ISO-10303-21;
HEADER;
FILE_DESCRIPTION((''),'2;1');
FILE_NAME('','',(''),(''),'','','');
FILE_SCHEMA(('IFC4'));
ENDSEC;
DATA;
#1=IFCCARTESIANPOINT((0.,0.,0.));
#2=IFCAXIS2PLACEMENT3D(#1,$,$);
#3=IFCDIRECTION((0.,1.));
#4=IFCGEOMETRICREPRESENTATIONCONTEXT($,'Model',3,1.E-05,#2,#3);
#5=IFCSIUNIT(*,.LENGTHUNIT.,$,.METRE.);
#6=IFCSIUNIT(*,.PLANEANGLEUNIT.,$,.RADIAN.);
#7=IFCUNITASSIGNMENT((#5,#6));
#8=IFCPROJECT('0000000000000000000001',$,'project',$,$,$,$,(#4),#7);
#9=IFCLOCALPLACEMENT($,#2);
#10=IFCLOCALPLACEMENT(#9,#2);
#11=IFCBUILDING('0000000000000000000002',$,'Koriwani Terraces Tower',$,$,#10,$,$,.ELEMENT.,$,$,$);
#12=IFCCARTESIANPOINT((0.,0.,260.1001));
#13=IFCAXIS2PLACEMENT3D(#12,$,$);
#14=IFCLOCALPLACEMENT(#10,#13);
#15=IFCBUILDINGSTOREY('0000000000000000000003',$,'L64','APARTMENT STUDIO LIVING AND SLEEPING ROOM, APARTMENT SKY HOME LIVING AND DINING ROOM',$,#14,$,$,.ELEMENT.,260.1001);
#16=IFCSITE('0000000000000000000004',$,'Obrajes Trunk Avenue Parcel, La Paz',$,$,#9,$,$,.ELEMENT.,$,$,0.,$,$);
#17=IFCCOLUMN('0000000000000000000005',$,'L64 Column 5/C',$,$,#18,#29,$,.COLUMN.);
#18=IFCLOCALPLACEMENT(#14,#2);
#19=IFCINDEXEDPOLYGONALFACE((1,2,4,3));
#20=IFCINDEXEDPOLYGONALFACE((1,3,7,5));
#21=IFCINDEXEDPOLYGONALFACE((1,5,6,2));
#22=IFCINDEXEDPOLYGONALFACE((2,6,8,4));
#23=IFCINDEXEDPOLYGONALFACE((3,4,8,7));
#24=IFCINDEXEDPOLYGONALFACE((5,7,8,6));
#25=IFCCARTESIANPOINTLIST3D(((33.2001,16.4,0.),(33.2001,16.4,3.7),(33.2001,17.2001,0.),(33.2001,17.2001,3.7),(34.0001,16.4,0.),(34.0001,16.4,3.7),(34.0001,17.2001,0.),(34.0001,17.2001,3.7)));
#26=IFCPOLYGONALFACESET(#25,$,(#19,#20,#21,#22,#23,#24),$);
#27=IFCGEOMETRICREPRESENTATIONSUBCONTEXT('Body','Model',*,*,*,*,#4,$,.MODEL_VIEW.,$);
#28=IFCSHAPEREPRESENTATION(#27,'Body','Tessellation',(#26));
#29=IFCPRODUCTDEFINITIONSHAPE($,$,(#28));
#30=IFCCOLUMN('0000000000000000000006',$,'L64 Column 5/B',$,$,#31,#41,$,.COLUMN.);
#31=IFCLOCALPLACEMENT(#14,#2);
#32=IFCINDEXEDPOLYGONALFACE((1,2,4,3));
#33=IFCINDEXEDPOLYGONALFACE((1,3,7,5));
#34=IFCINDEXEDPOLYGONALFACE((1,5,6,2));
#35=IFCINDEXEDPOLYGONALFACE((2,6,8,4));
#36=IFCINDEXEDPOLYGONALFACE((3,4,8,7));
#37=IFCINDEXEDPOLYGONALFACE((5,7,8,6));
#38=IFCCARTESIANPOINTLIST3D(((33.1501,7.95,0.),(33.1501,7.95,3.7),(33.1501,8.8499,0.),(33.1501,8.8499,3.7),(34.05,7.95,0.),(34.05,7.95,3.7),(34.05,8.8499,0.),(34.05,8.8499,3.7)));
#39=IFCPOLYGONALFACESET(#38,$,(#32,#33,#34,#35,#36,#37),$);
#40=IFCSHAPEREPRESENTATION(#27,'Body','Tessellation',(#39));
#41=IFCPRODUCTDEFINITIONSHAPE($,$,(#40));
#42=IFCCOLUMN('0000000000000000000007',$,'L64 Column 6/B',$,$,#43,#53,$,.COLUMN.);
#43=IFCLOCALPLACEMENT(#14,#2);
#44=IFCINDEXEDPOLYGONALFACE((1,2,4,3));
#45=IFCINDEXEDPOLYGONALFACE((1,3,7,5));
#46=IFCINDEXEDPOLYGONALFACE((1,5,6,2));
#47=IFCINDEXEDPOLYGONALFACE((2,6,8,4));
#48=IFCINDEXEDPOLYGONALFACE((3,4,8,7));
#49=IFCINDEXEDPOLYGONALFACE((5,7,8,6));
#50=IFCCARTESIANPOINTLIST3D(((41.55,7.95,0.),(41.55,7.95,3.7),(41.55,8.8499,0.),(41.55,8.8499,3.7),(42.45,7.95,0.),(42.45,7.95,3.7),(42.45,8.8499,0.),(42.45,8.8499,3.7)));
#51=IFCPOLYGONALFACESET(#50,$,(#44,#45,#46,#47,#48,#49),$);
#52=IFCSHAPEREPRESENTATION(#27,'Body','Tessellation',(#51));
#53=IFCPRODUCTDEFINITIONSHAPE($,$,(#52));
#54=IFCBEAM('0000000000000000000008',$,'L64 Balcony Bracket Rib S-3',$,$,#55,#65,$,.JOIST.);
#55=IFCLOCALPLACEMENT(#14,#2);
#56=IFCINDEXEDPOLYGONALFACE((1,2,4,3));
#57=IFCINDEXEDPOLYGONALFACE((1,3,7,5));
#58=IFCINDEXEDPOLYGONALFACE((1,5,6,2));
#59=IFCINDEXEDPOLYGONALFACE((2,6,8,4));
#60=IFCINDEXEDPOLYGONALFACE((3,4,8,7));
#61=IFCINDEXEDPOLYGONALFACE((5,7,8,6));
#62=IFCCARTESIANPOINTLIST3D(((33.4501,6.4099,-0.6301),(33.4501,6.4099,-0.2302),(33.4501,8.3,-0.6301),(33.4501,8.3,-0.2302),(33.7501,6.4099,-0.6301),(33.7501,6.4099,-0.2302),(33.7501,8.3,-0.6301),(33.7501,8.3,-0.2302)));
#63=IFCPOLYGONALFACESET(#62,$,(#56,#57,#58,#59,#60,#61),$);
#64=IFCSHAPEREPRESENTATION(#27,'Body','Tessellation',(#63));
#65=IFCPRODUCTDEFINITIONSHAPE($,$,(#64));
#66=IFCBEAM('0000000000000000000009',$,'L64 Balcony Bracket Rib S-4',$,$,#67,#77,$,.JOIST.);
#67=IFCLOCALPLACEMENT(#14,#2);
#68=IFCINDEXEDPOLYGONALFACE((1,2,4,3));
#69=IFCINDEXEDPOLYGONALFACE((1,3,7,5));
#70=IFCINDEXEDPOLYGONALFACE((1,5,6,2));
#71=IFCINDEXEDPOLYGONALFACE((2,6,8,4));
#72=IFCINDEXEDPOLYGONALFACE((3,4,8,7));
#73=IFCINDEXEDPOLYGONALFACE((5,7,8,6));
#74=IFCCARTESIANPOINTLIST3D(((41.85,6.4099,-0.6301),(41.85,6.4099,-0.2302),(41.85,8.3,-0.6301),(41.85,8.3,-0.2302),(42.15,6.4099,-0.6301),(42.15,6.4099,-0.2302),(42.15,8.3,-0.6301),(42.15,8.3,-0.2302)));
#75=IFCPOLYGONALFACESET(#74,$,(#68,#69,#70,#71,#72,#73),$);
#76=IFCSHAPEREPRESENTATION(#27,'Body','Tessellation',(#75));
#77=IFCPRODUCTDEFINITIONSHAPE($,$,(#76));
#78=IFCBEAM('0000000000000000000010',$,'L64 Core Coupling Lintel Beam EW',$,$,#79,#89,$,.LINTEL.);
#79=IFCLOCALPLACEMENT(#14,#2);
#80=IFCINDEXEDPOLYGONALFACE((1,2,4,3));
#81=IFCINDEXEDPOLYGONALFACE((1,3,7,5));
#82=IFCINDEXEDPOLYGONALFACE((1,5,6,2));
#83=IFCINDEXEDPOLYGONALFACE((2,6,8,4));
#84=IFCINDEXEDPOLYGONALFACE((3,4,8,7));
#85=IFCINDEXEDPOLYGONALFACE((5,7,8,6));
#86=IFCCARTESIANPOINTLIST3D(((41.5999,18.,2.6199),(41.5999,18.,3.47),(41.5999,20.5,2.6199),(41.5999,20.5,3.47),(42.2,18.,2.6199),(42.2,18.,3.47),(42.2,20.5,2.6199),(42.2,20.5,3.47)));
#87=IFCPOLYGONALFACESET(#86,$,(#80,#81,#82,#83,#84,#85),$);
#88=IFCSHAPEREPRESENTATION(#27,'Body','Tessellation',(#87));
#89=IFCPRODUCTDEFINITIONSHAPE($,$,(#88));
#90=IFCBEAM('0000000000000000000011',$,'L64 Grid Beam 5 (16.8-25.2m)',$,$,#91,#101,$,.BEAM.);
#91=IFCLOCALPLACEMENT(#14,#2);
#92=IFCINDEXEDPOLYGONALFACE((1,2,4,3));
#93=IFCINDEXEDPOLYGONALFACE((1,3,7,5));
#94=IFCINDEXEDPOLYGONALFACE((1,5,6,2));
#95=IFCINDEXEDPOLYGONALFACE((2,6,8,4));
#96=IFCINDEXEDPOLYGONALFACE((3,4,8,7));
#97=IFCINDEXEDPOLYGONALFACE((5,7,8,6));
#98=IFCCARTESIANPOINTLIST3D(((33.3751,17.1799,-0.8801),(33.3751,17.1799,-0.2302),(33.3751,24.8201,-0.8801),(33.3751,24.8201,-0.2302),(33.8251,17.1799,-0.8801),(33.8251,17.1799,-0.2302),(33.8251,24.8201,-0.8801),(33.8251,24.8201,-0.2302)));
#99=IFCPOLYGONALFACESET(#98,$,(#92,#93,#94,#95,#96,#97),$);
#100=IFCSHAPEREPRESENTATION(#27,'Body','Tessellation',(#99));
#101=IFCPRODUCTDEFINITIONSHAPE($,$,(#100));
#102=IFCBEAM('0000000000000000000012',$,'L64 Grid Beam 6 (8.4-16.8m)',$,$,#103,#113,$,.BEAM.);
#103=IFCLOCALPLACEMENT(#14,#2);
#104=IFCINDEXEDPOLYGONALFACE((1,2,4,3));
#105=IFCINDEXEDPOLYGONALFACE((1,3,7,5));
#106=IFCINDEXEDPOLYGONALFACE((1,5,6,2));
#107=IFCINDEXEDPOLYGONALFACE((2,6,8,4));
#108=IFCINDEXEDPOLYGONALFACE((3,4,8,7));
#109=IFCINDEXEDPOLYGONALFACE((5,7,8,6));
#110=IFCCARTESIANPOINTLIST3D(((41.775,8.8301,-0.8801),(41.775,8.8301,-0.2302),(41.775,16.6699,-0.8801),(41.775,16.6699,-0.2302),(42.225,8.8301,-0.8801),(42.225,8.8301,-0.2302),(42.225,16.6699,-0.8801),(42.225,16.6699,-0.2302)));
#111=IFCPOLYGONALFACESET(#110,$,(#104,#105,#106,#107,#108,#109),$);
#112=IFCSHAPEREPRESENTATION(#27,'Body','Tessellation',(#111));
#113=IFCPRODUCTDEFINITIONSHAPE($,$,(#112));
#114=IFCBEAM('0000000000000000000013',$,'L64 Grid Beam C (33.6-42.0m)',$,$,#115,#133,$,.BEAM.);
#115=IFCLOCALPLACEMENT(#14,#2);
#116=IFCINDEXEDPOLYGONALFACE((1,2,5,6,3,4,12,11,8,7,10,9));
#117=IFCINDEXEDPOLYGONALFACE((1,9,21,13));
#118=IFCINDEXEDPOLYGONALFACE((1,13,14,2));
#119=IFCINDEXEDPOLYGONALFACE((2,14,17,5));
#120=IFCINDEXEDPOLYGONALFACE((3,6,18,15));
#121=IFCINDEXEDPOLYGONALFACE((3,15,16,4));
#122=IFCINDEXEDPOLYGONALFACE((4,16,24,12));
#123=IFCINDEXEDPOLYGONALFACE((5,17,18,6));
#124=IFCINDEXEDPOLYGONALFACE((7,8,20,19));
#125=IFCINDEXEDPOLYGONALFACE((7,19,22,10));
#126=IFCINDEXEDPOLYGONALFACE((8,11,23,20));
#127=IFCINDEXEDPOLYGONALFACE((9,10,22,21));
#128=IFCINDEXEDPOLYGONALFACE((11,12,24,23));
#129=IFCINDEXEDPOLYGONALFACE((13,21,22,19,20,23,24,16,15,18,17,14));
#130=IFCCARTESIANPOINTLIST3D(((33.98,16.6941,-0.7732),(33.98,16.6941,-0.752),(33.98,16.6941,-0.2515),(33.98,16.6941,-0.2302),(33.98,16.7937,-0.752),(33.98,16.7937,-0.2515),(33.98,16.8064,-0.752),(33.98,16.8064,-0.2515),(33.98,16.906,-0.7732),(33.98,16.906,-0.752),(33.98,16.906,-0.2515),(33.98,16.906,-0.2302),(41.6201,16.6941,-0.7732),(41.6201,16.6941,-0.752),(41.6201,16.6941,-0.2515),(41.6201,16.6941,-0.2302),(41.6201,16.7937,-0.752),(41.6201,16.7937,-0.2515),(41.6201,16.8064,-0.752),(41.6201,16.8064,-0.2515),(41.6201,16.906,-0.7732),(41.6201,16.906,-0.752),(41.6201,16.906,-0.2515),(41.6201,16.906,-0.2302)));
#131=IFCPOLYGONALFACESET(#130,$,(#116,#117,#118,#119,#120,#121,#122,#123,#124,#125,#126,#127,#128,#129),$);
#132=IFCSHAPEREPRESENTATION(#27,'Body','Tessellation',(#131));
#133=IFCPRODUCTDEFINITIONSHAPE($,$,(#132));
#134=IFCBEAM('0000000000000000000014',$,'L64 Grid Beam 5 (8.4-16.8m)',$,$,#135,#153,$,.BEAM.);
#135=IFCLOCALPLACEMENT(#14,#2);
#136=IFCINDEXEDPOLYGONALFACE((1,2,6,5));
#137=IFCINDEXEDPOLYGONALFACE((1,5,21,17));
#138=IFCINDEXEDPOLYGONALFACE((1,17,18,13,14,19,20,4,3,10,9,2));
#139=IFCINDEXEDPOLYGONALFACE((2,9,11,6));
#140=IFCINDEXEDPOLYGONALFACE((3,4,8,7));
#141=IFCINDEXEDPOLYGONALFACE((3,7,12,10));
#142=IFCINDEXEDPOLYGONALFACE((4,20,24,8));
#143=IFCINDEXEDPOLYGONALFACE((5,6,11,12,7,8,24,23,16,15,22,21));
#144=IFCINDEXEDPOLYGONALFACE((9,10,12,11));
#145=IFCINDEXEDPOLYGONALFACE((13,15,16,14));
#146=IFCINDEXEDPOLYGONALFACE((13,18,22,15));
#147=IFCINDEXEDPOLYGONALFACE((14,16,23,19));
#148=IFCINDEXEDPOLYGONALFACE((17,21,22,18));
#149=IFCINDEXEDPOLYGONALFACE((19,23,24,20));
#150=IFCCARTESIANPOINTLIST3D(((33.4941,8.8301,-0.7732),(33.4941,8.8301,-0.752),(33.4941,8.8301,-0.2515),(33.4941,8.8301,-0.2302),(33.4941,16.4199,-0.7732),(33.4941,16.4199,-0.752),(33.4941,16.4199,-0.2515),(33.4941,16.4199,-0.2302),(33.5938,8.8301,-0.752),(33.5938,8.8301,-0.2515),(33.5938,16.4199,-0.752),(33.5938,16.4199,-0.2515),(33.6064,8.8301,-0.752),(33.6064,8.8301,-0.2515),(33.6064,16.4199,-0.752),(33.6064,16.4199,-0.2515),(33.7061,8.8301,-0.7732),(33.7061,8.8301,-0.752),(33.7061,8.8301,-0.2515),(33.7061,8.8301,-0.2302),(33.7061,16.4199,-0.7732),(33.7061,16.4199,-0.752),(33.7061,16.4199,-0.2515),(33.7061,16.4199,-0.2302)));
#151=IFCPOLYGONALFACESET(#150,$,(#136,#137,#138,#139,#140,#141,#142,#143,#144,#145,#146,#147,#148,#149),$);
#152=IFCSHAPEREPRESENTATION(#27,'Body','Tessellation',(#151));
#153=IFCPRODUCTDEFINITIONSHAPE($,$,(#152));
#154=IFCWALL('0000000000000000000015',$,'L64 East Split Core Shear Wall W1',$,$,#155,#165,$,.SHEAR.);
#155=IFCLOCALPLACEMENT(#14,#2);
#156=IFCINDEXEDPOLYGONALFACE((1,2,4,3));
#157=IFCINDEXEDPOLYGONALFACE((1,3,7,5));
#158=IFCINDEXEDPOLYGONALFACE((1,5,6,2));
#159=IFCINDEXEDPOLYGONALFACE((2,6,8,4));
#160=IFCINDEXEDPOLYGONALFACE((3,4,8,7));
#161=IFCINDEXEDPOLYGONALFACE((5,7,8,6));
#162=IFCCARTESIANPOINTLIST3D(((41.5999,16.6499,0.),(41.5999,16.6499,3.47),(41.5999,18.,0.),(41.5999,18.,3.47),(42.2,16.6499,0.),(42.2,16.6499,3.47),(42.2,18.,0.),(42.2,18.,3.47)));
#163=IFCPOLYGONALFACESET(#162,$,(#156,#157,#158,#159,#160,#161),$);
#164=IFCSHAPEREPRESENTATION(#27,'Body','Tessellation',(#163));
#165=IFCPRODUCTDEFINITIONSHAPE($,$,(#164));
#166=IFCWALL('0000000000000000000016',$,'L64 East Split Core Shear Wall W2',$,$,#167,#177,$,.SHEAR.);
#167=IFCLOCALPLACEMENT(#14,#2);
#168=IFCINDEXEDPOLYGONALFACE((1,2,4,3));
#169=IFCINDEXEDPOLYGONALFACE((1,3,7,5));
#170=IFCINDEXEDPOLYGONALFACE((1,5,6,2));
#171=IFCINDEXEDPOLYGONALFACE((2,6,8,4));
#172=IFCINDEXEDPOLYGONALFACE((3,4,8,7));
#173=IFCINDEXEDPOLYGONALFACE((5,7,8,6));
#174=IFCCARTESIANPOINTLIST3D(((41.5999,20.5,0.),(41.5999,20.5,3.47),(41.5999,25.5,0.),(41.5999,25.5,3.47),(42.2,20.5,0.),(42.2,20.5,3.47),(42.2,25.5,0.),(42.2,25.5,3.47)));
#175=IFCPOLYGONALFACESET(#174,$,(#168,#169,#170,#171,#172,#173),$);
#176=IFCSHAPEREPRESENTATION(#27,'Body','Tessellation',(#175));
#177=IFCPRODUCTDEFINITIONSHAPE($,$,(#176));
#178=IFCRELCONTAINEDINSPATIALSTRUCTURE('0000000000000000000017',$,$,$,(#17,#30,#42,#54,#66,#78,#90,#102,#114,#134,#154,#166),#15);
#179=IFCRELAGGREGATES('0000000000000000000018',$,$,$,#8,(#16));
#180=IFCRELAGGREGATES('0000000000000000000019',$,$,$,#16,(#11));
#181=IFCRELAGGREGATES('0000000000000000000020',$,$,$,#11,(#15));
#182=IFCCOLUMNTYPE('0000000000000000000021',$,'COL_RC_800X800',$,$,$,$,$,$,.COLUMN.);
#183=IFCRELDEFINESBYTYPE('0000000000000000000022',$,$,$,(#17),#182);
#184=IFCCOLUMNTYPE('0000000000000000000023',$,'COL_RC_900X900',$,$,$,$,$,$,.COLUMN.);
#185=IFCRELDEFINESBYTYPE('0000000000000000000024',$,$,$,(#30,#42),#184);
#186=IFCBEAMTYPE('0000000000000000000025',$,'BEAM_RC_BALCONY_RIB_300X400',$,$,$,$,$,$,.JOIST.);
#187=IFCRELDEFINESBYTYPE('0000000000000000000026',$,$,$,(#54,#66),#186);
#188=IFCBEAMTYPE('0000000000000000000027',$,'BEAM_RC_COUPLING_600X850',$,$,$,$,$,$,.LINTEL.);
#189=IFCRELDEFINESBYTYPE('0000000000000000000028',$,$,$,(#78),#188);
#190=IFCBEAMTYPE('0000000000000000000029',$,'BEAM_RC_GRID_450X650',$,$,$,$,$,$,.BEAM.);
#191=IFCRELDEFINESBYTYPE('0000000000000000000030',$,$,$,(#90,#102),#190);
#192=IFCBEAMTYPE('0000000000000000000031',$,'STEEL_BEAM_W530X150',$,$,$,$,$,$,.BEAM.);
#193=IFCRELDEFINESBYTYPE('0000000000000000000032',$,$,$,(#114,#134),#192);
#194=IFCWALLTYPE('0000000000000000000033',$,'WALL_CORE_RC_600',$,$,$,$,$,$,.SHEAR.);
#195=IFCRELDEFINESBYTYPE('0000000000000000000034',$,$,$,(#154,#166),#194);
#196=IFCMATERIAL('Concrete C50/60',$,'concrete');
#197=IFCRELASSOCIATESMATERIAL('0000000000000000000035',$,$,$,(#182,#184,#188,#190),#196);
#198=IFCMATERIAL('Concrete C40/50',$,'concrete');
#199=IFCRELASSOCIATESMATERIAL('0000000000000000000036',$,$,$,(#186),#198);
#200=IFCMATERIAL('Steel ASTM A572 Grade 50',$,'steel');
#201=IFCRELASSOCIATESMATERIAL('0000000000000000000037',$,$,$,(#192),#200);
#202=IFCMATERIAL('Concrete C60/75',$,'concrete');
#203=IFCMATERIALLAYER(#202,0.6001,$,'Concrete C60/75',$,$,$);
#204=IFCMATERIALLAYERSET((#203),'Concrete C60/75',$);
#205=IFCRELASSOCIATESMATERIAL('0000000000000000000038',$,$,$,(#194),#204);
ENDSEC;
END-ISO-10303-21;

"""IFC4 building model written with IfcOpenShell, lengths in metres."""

from ifc_helpers import new_model, si_unit, direction, frame, frame_2d, origin, origin_2d, place, context, subcontext, project, spatial, rectangle, i_section, extrude, material, layer, layer_set, material_profile, profile_set, type_object, element, save


model = new_model("IFC4")

# Units and contexts
model_context = context("Model", 3, precision=1e-05, world=origin(), true_north=direction((0.0, 1.0)))
body_context = subcontext(model_context, "Body", "Model", "MODEL_VIEW")
ifc_project = project(units=[si_unit("LENGTHUNIT", "METRE"), si_unit("PLANEANGLEUNIT", "RADIAN")], contexts=[model_context])

# Site, building, storey
site_placement = place(None, origin())
site = spatial("IfcSite", under=ifc_project, at=site_placement, Name="Obrajes Trunk Avenue Parcel, La Paz", CompositionType="ELEMENT", RefElevation=0.0)
building_placement = place(site_placement, origin())
building = spatial("IfcBuilding", under=site, at=building_placement, Name="Koriwani Terraces Tower", CompositionType="ELEMENT")
storey_placement = place(building_placement, frame((0.0, 0.0, 260.1001)))
storey = spatial("IfcBuildingStorey", under=building, at=storey_placement, Name="L64", Description="APARTMENT STUDIO LIVING AND SLEEPING ROOM, APARTMENT SKY HOME LIVING AND DINING ROOM", CompositionType="ELEMENT", Elevation=260.1001)

# Columns
ifc_material_1 = material(Name="Concrete C50/60", Category="concrete")
ifc_material_profile_1 = material_profile(ifc_material_1, rectangle(XDim=0.8, YDim=0.8, at=origin_2d()), Name="Concrete C50/60", Category="LoadBearing")
ifc_profile_set_1 = profile_set([ifc_material_profile_1], Name="Concrete C50/60")
column_type_1 = type_object("IfcColumnType", Name="COL_RC_800X800", PredefinedType="COLUMN", material=ifc_profile_set_1)
column_placement = place(storey_placement, frame((33.6001, 16.8, 0.0), z_axis=(0.0, 0.0, 1.0), x_axis=(1.0, 0.0, 0.0)))
element("IfcColumn", 1, at=column_placement, inside=storey, type_object=column_type_1, Name="L64 Column 5/C", PredefinedType="COLUMN", context=body_context, shape_type="SweptSolid", body=[
    extrude(rectangle(XDim=0.8, YDim=0.8, at=origin_2d()), origin(), (0.0, 0.0, 1.0), 3.7),
])
ifc_material_profile_2 = material_profile(ifc_material_1, rectangle(XDim=0.8999, YDim=0.8999, at=origin_2d()), Name="Concrete C50/60", Category="LoadBearing")
ifc_profile_set_2 = profile_set([ifc_material_profile_2], Name="Concrete C50/60")
column_type_2 = type_object("IfcColumnType", Name="COL_RC_900X900", PredefinedType="COLUMN", material=ifc_profile_set_2)
for number, where, z_axis, x_axis, name in (
    (2, (33.6001, 8.3999, 0.0), (0.0, 0.0, 1.0), (1.0, 0.0, 0.0), "L64 Column 5/B"),
    (3, (42.0, 8.3999, 0.0), (0.0, 0.0, 1.0), (1.0, 0.0, 0.0), "L64 Column 6/B"),
):
    element("IfcColumn", number, at=place(storey_placement, frame(where, z_axis=z_axis, x_axis=x_axis)), inside=storey, type_object=column_type_2, Name=name, PredefinedType="COLUMN", context=body_context, shape_type="SweptSolid", body=[
        extrude(rectangle(XDim=0.8999, YDim=0.8999, at=origin_2d()), origin(), (0.0, 0.0, 1.0), 3.7),
    ])

# Beams
ifc_material_2 = material(Name="Concrete C40/50", Category="concrete")
ifc_material_profile_3 = material_profile(ifc_material_2, rectangle(XDim=0.3, YDim=0.3999, at=origin_2d()), Name="Concrete C40/50", Category="LoadBearing")
ifc_profile_set_3 = profile_set([ifc_material_profile_3], Name="Concrete C40/50")
beam_type_1 = type_object("IfcBeamType", Name="BEAM_RC_BALCONY_RIB_300X400", PredefinedType="JOIST", material=ifc_profile_set_3)
for number, where, z_axis, x_axis, name in (
    (4, (33.6001, 6.4099, -0.4302), (0.0, 1.0, 0.0), (-1.0, 0.0, 0.0), "L64 Balcony Bracket Rib S-3"),
    (5, (42.0, 6.4099, -0.4302), (0.0, 1.0, 0.0), (-1.0, 0.0, 0.0), "L64 Balcony Bracket Rib S-4"),
):
    element("IfcBeam", number, at=place(storey_placement, frame(where, z_axis=z_axis, x_axis=x_axis)), inside=storey, type_object=beam_type_1, Name=name, PredefinedType="JOIST", context=body_context, shape_type="SweptSolid", body=[
        extrude(rectangle(XDim=0.3, YDim=0.3999, at=origin_2d()), origin(), (0.0, 0.0, 1.0), 1.8901),
    ])
ifc_material_profile_4 = material_profile(ifc_material_1, rectangle(XDim=0.6001, YDim=0.8501, at=origin_2d()), Name="Concrete C50/60", Category="LoadBearing")
ifc_profile_set_4 = profile_set([ifc_material_profile_4], Name="Concrete C50/60")
beam_type_2 = type_object("IfcBeamType", Name="BEAM_RC_COUPLING_600X850", PredefinedType="LINTEL", material=ifc_profile_set_4)
beam_1_placement = place(storey_placement, frame((41.8999, 18.0, 3.0449), z_axis=(0.0, 1.0, 0.0), x_axis=(-1.0, 0.0, 0.0)))
element("IfcBeam", 6, at=beam_1_placement, inside=storey, type_object=beam_type_2, Name="L64 Core Coupling Lintel Beam EW", PredefinedType="LINTEL", context=body_context, shape_type="SweptSolid", body=[
    extrude(rectangle(XDim=0.6001, YDim=0.8501, at=origin_2d()), origin(), (0.0, 0.0, 1.0), 2.5),
])
ifc_material_profile_5 = material_profile(ifc_material_1, rectangle(XDim=0.45, YDim=0.6499, at=origin_2d()), Name="Concrete C50/60", Category="LoadBearing")
ifc_profile_set_5 = profile_set([ifc_material_profile_5], Name="Concrete C50/60")
beam_type_3 = type_object("IfcBeamType", Name="BEAM_RC_GRID_450X650", PredefinedType="BEAM", material=ifc_profile_set_5)
beam_2_placement = place(storey_placement, frame((33.6001, 17.1799, -0.5552), z_axis=(0.0, 1.0, 0.0), x_axis=(-1.0, 0.0, 0.0)))
element("IfcBeam", 7, at=beam_2_placement, inside=storey, type_object=beam_type_3, Name="L64 Grid Beam 5 (16.8-25.2m)", PredefinedType="BEAM", context=body_context, shape_type="SweptSolid", body=[
    extrude(rectangle(XDim=0.45, YDim=0.6499, at=origin_2d()), origin(), (0.0, 0.0, 1.0), 7.6401),
])
beam_3_placement = place(storey_placement, frame((42.0, 8.8301, -0.5552), z_axis=(0.0, 1.0, 0.0), x_axis=(-1.0, 0.0, 0.0)))
element("IfcBeam", 8, at=beam_3_placement, inside=storey, type_object=beam_type_3, Name="L64 Grid Beam 6 (8.4-16.8m)", PredefinedType="BEAM", context=body_context, shape_type="SweptSolid", body=[
    extrude(rectangle(XDim=0.45, YDim=0.6499, at=origin_2d()), origin(), (0.0, 0.0, 1.0), 7.8398),
])
ifc_material_3 = material(Name="Steel ASTM A572 Grade 50", Category="steel")
ifc_material_profile_6 = material_profile(ifc_material_3, i_section(OverallWidth=0.2119, OverallDepth=0.543, WebThickness=0.0127, FlangeThickness=0.0212, at=origin_2d()), Name="Steel ASTM A572 Grade 50", Category="LoadBearing")
ifc_profile_set_6 = profile_set([ifc_material_profile_6], Name="Steel ASTM A572 Grade 50")
beam_type_4 = type_object("IfcBeamType", Name="STEEL_BEAM_W530X150", PredefinedType="BEAM", material=ifc_profile_set_6)
beam_4_placement = place(storey_placement, frame((33.98, 16.8, -0.5017), z_axis=(1.0, 0.0, 0.0), x_axis=(0.0, 1.0, 0.0)))
element("IfcBeam", 9, at=beam_4_placement, inside=storey, type_object=beam_type_4, Name="L64 Grid Beam C (33.6-42.0m)", PredefinedType="BEAM", context=body_context, shape_type="SweptSolid", body=[
    extrude(i_section(OverallWidth=0.2119, OverallDepth=0.543, WebThickness=0.0127, FlangeThickness=0.0212, at=origin_2d()), origin(), (0.0, 0.0, 1.0), 7.6401),
])
beam_5_placement = place(storey_placement, frame((33.6001, 8.8301, -0.5017), z_axis=(0.0, 1.0, 0.0), x_axis=(-1.0, 0.0, 0.0)))
element("IfcBeam", 10, at=beam_5_placement, inside=storey, type_object=beam_type_4, Name="L64 Grid Beam 5 (8.4-16.8m)", PredefinedType="BEAM", context=body_context, shape_type="SweptSolid", body=[
    extrude(i_section(OverallWidth=0.2119, OverallDepth=0.543, WebThickness=0.0127, FlangeThickness=0.0212, at=origin_2d()), origin(), (0.0, 0.0, 1.0), 7.5898),
])

# Walls
ifc_material_4 = material(Name="Concrete C60/75", Category="concrete")
ifc_layer_1 = layer(ifc_material_4, 0.6001, Name="Concrete C60/75")
ifc_layer_set_1 = layer_set([ifc_layer_1], Name="Concrete C60/75")
wall_type_1 = type_object("IfcWallType", Name="WALL_CORE_RC_600", PredefinedType="SHEAR", material=ifc_layer_set_1)
wall_1_placement = place(storey_placement, frame((41.8999, 16.6499, 0.0), z_axis=(0.0, 0.0, 1.0), x_axis=(0.0, 1.0, 0.0)))
element("IfcWall", 11, at=wall_1_placement, inside=storey, type_object=wall_type_1, Name="L64 East Split Core Shear Wall W1", PredefinedType="SHEAR", context=body_context, shape_type="SweptSolid", body=[
    extrude(rectangle(XDim=1.3501, YDim=0.6001, at=frame_2d((0.675, 0.0))), origin(), (0.0, 0.0, 1.0), 3.47),
])
wall_2_placement = place(storey_placement, frame((41.8999, 20.5, 0.0), z_axis=(0.0, 0.0, 1.0), x_axis=(0.0, 1.0, 0.0)))
element("IfcWall", 12, at=wall_2_placement, inside=storey, type_object=wall_type_1, Name="L64 East Split Core Shear Wall W2", PredefinedType="SHEAR", context=body_context, shape_type="SweptSolid", body=[
    extrude(rectangle(XDim=5.0, YDim=0.6001, at=frame_2d((2.5, 0.0))), origin(), (0.0, 0.0, 1.0), 3.47),
])

save(model, "model.ifc")
